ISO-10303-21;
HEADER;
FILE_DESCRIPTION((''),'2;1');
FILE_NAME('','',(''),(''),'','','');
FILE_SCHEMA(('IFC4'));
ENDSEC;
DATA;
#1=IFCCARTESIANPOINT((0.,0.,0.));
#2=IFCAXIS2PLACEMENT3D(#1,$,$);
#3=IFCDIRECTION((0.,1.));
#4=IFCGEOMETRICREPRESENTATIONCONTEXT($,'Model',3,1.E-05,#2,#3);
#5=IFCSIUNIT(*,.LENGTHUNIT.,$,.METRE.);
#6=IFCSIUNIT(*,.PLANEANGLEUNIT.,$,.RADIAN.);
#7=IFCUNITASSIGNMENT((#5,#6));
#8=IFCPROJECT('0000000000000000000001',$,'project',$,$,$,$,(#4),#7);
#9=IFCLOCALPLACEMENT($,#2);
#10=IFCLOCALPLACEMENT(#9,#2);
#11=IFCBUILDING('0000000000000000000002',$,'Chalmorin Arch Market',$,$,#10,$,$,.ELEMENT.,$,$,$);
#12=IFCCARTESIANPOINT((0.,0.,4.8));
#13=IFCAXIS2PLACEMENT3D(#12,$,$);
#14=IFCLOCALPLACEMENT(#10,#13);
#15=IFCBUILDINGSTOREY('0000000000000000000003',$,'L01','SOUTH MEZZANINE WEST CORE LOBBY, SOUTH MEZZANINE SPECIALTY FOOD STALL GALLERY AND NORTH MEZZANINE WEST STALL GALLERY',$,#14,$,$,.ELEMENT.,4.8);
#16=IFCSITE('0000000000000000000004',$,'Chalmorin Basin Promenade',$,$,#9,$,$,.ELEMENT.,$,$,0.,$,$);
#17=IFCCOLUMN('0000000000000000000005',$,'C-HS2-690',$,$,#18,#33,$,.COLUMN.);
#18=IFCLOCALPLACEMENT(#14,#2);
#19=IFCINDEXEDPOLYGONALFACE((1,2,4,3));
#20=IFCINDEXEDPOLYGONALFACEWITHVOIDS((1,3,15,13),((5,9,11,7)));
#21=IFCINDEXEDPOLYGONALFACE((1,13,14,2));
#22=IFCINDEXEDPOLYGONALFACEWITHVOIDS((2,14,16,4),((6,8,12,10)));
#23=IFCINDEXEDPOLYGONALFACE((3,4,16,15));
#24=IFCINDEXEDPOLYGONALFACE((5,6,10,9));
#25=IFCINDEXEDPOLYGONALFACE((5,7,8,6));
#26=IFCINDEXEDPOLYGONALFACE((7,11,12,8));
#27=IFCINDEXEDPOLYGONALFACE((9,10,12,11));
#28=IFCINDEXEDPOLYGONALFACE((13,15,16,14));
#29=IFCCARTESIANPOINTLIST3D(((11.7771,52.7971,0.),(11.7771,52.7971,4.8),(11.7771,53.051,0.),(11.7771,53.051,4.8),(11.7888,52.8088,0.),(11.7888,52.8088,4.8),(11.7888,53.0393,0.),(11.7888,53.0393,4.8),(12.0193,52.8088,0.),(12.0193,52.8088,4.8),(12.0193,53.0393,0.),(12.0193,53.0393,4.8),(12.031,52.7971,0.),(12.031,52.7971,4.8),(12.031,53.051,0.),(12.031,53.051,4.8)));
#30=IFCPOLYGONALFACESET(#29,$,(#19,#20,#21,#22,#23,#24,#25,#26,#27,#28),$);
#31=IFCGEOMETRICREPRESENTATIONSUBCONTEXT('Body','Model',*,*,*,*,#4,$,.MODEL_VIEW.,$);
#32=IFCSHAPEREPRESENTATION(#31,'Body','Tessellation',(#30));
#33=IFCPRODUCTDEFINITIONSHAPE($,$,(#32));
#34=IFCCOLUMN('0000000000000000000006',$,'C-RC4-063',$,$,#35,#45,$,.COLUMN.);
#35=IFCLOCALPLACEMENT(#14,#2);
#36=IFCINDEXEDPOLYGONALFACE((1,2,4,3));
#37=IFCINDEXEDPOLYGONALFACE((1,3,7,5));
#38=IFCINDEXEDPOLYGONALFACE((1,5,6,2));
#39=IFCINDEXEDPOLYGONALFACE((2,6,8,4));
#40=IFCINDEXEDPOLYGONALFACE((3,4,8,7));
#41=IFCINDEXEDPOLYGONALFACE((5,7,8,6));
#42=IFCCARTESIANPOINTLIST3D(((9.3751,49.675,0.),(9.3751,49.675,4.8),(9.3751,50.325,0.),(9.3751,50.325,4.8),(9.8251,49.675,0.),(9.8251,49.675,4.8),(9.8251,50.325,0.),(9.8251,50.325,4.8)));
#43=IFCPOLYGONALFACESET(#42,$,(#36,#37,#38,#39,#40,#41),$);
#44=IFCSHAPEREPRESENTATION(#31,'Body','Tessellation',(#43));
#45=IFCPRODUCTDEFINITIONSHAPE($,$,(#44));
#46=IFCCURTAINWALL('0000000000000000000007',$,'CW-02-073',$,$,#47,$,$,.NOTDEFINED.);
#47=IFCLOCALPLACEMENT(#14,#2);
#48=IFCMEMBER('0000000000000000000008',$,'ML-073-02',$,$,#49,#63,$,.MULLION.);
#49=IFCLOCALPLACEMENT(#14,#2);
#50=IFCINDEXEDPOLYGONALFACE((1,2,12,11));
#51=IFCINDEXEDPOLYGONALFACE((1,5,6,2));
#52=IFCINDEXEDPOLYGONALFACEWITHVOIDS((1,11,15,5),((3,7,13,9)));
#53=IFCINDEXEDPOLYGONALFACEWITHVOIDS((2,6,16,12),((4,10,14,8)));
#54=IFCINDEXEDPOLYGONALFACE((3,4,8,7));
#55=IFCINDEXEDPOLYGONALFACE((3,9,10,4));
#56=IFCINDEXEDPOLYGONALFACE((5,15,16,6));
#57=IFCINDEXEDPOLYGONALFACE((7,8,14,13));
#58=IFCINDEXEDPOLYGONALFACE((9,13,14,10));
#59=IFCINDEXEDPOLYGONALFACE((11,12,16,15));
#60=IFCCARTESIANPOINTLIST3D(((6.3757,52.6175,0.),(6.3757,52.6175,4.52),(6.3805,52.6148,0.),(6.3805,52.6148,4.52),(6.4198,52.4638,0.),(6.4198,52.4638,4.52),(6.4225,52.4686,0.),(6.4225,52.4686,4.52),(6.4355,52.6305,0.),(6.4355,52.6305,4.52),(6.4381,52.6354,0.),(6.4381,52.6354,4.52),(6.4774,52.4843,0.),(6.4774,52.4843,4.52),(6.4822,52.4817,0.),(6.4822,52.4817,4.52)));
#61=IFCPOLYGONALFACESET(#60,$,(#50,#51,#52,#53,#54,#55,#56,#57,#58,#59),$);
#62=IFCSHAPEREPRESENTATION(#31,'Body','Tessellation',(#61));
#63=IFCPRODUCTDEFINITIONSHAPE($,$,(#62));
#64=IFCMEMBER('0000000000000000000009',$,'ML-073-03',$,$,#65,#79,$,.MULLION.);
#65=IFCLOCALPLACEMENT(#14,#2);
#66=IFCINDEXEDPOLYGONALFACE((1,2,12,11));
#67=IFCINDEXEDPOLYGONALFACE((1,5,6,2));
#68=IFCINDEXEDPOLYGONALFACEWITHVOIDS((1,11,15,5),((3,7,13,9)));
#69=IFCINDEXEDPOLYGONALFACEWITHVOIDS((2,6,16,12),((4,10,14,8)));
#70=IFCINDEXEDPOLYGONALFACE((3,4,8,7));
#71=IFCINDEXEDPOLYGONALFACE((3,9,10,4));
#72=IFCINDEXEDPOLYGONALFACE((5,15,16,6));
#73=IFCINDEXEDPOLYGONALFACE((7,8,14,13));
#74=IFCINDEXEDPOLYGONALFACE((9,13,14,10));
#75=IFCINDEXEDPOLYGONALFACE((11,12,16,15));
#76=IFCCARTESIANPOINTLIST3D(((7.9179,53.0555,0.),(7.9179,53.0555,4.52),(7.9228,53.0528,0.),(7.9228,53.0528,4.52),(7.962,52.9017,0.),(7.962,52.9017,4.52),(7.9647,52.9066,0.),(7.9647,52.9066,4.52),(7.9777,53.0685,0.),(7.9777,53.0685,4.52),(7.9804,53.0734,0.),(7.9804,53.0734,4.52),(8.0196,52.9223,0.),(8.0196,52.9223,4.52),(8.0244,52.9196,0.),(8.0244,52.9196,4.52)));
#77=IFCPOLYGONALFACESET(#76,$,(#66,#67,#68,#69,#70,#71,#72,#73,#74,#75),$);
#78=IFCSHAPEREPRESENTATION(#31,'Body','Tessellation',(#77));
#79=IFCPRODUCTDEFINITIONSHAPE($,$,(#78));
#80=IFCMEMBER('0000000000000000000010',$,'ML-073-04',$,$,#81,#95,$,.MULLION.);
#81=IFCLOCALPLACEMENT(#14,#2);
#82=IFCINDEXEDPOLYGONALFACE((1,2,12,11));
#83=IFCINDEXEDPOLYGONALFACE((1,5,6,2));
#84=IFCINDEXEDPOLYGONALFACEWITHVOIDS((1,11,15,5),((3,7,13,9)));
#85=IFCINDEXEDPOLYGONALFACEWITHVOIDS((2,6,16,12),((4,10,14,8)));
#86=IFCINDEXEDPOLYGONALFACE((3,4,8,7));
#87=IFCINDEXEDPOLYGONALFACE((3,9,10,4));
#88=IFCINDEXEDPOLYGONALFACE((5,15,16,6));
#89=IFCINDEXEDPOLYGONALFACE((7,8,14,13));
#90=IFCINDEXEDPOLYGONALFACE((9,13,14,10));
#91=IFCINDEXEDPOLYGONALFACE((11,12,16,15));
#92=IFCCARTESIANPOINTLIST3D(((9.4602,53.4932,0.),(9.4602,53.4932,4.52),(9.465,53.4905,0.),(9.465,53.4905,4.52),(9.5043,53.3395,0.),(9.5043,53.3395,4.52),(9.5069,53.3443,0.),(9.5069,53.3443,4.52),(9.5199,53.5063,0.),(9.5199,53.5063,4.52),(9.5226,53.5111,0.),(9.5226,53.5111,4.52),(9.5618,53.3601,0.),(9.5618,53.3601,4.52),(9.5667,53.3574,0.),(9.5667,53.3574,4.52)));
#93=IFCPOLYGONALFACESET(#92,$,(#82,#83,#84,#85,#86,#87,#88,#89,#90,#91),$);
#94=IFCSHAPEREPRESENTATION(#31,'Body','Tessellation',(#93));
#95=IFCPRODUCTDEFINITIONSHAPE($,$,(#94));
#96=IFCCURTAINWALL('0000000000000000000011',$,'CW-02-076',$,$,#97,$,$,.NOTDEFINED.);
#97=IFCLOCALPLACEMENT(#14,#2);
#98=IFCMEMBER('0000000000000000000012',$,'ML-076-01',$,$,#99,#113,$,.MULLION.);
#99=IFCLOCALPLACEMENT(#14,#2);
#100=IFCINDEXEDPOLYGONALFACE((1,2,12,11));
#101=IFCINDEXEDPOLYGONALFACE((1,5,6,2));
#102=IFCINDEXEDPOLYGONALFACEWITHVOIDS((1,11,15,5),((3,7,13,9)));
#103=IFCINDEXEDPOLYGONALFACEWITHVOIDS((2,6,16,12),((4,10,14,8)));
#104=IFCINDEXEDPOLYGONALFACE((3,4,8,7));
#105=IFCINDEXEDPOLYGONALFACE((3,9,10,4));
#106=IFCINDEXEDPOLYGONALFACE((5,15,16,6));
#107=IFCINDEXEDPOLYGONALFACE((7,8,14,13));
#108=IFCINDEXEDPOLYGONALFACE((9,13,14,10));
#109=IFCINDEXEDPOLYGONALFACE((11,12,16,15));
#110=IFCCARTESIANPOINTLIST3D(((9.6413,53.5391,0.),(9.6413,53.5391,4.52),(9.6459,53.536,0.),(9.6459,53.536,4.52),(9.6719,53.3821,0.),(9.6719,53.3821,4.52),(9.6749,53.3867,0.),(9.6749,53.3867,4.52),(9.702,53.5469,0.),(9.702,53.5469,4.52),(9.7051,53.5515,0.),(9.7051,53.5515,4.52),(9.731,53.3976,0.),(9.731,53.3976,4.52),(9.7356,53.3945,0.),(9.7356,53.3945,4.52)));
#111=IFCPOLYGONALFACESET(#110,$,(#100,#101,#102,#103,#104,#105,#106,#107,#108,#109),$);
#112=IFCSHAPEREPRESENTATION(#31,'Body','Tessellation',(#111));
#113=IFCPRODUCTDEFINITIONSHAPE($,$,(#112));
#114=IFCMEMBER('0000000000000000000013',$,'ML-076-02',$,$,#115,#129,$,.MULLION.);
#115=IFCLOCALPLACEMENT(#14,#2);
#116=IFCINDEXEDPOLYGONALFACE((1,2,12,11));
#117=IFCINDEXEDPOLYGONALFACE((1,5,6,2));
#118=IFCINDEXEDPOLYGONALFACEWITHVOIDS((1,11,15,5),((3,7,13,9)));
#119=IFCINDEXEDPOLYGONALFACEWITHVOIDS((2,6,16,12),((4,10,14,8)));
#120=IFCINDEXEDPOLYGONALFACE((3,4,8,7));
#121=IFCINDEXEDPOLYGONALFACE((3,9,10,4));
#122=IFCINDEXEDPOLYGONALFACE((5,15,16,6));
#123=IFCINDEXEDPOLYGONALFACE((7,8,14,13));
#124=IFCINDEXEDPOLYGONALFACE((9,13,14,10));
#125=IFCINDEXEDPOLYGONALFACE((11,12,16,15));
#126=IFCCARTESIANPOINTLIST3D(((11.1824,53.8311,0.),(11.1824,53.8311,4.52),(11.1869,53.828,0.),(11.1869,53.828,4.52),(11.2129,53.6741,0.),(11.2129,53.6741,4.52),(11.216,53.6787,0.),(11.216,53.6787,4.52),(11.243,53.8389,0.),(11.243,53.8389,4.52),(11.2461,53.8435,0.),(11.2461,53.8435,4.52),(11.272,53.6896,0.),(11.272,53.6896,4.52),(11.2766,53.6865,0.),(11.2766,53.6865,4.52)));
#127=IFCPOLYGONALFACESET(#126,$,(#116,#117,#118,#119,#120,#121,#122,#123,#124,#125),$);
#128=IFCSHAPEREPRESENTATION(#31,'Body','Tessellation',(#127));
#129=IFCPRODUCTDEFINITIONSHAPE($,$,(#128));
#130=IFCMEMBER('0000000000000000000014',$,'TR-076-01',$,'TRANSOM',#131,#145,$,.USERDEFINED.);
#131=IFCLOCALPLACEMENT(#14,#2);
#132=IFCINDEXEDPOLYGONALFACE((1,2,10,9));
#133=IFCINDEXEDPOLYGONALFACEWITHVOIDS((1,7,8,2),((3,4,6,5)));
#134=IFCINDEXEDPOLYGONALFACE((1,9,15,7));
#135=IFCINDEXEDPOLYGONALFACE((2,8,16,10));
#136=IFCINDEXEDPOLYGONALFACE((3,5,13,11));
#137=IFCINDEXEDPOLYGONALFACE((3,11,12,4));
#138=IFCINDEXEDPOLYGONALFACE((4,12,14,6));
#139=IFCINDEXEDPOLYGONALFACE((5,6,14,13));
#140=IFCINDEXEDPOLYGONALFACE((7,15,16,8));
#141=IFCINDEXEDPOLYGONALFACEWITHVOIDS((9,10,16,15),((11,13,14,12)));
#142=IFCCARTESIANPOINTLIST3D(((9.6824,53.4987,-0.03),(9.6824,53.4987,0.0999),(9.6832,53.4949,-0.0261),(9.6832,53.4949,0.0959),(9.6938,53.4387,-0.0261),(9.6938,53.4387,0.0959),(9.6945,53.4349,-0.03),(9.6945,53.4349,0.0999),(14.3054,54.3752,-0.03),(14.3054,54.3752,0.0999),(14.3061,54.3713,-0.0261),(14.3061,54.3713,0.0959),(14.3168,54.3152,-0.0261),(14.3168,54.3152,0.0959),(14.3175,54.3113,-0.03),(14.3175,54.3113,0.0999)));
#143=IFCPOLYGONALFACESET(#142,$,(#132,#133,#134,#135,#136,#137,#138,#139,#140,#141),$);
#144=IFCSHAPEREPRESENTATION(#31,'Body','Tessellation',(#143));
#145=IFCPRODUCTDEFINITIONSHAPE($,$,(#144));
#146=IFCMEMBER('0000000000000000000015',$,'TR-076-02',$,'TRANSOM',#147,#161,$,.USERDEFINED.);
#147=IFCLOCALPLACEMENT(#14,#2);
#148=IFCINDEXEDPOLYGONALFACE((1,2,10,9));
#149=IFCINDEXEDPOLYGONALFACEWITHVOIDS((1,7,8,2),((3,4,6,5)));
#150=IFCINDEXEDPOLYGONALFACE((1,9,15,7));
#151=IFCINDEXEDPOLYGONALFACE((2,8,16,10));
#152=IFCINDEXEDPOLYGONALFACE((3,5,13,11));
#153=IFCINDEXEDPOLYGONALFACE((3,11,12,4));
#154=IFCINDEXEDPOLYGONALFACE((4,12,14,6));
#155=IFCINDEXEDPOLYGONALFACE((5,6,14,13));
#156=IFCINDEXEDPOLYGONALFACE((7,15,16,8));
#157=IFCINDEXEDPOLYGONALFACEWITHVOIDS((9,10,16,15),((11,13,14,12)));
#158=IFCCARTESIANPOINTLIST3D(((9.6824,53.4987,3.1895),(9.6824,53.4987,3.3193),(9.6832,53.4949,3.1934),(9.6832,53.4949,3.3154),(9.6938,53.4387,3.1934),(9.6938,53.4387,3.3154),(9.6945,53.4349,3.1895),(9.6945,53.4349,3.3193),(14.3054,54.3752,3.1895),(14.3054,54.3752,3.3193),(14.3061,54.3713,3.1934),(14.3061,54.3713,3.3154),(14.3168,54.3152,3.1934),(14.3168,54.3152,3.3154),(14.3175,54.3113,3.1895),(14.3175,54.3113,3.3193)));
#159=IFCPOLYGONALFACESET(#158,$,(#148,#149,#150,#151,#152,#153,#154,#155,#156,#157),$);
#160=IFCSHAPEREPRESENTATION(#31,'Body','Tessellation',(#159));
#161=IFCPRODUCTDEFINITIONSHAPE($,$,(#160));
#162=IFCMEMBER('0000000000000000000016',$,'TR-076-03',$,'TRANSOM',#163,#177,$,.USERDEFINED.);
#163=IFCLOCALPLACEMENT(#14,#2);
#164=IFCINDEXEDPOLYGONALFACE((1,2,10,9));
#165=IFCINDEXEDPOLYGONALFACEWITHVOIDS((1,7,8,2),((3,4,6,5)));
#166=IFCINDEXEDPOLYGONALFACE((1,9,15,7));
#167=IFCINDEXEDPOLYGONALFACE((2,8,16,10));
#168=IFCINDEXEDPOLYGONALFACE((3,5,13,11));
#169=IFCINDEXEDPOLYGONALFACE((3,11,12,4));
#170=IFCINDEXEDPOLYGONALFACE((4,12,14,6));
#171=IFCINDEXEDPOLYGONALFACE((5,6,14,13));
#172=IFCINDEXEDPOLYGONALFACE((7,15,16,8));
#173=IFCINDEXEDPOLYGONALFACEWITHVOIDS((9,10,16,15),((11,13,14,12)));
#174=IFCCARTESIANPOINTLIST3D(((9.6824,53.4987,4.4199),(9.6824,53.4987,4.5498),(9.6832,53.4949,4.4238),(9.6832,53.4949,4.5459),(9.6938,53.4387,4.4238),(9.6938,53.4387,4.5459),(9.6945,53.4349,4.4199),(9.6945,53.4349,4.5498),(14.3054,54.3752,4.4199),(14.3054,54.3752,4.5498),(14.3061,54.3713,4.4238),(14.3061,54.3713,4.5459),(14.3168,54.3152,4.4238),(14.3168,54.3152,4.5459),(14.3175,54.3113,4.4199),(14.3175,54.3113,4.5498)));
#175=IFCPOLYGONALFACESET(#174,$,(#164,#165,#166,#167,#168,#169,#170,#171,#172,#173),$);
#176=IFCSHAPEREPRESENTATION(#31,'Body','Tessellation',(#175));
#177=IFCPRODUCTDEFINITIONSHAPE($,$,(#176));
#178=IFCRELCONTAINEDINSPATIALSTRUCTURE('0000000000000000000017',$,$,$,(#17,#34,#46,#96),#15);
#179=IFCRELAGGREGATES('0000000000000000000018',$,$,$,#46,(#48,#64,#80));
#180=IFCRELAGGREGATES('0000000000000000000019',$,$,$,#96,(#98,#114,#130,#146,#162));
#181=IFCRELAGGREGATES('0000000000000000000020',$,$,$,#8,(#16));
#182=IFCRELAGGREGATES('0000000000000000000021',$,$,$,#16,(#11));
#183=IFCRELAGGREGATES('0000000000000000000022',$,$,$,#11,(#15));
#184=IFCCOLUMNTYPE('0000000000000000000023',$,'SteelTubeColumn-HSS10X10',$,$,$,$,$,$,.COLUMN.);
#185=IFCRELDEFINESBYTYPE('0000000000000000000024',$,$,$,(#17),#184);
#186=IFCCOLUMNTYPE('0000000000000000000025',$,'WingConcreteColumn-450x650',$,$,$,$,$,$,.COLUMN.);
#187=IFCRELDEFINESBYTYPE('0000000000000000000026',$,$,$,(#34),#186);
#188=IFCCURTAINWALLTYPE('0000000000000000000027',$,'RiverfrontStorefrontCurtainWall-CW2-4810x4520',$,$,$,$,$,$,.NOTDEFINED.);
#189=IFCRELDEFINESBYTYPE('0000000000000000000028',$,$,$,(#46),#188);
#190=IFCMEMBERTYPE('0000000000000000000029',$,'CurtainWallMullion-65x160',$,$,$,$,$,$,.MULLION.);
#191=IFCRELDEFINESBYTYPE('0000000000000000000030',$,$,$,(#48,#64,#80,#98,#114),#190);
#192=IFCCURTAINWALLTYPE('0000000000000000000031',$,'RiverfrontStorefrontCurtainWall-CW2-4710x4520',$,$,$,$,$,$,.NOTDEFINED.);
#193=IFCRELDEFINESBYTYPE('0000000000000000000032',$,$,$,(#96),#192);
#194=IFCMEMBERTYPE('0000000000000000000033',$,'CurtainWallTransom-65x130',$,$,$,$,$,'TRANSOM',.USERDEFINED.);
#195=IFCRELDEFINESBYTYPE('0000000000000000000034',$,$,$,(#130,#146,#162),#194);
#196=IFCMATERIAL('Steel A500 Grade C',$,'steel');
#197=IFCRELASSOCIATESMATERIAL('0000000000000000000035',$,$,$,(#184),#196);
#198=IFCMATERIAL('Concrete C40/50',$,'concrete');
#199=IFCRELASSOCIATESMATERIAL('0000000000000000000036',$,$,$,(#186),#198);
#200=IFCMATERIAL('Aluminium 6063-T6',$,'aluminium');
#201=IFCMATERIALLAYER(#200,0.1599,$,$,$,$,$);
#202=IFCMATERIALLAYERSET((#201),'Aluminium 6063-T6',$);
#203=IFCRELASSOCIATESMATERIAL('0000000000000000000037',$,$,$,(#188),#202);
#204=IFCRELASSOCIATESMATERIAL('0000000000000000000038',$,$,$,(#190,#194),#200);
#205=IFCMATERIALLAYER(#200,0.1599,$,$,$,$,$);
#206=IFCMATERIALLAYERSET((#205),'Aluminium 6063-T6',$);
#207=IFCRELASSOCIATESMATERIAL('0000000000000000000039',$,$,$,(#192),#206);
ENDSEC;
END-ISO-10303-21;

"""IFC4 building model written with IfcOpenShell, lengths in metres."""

from ifc_helpers import new_model, si_unit, direction, frame, origin, origin_2d, place, context, subcontext, project, spatial, rectangle, hollow_rectangle, extrude, material, layer, layer_set, material_profile, profile_set, type_object, element, aggregate, save


model = new_model("IFC4")

# Units and contexts
model_context = context("Model", 3, precision=1e-05, world=origin(), true_north=direction((0.0, 1.0)))
body_context = subcontext(model_context, "Body", "Model", "MODEL_VIEW")
ifc_project = project(units=[si_unit("LENGTHUNIT", "METRE"), si_unit("PLANEANGLEUNIT", "RADIAN")], contexts=[model_context])

# Site, building, storey
site_placement = place(None, origin())
site = spatial("IfcSite", under=ifc_project, at=site_placement, Name="Chalmorin Basin Promenade", CompositionType="ELEMENT", RefElevation=0.0)
building_placement = place(site_placement, origin())
building = spatial("IfcBuilding", under=site, at=building_placement, Name="Chalmorin Arch Market", CompositionType="ELEMENT")
storey_placement = place(building_placement, frame((0.0, 0.0, 4.8)))
storey = spatial("IfcBuildingStorey", under=building, at=storey_placement, Name="L01", Description="SOUTH MEZZANINE WEST CORE LOBBY, SOUTH MEZZANINE SPECIALTY FOOD STALL GALLERY AND NORTH MEZZANINE WEST STALL GALLERY", CompositionType="ELEMENT", Elevation=4.8)

# Columns
ifc_material_1 = material(Name="Steel A500 Grade C", Category="steel")
ifc_material_profile_1 = material_profile(ifc_material_1, hollow_rectangle(XDim=0.2539, YDim=0.2539, WallThickness=0.0117, at=origin_2d()), Name="HSS10X10X1/2")
ifc_profile_set_1 = profile_set([ifc_material_profile_1], Name="Steel A500 Grade C")
column_type_1 = type_object("IfcColumnType", Name="SteelTubeColumn-HSS10X10", PredefinedType="COLUMN", material=ifc_profile_set_1)
column_1_placement = place(storey_placement, frame((11.9041, 52.9241, 0.0), z_axis=(0.0, 0.0, 1.0), x_axis=(1.0, 0.0, 0.0)))
element("IfcColumn", 1, at=column_1_placement, inside=storey, type_object=column_type_1, Name="C-HS2-690", PredefinedType="COLUMN", context=body_context, shape_type="SweptSolid", body=[
    extrude(hollow_rectangle(XDim=0.2539, YDim=0.2539, WallThickness=0.0117, at=origin_2d()), origin(), (0.0, 0.0, 1.0), 4.8),
])
ifc_material_2 = material(Name="Concrete C40/50", Category="concrete")
ifc_material_profile_2 = material_profile(ifc_material_2, rectangle(XDim=0.45, YDim=0.6499, at=origin_2d()), Name="RC450X650")
ifc_profile_set_2 = profile_set([ifc_material_profile_2], Name="Concrete C40/50")
column_type_2 = type_object("IfcColumnType", Name="WingConcreteColumn-450x650", PredefinedType="COLUMN", material=ifc_profile_set_2)
column_2_placement = place(storey_placement, frame((9.6001, 50.0, 0.0), z_axis=(0.0, 0.0, 1.0), x_axis=(1.0, 0.0, 0.0)))
element("IfcColumn", 2, at=column_2_placement, inside=storey, type_object=column_type_2, Name="C-RC4-063", PredefinedType="COLUMN", context=body_context, shape_type="SweptSolid", body=[
    extrude(rectangle(XDim=0.45, YDim=0.6499, at=origin_2d()), origin(), (0.0, 0.0, 1.0), 4.8),
])

# Curtain walls, members
ifc_material_3 = material(Name="Aluminium 6063-T6", Category="aluminium")
ifc_layer_1 = layer(ifc_material_3, 0.1599)
ifc_layer_set_1 = layer_set([ifc_layer_1], Name="Aluminium 6063-T6")
curtain_wall_type_1 = type_object("IfcCurtainWallType", Name="RiverfrontStorefrontCurtainWall-CW2-4810x4520", PredefinedType="NOTDEFINED", material=ifc_layer_set_1)
curtain_wall_1_placement = place(storey_placement, origin())
curtain_wall_1 = element("IfcCurtainWall", 3, at=curtain_wall_1_placement, inside=storey, type_object=curtain_wall_type_1, Name="CW-02-073", PredefinedType="NOTDEFINED")
ifc_material_profile_3 = material_profile(ifc_material_3, hollow_rectangle(XDim=0.0649, YDim=0.1599, WallThickness=0.0039, at=origin_2d()), Name="ALU65X160X4")
ifc_profile_set_3 = profile_set([ifc_material_profile_3], Name="Aluminium 6063-T6")
member_type_1 = type_object("IfcMemberType", Name="CurtainWallMullion-65x160", PredefinedType="MULLION", material=ifc_profile_set_3)
member_1_placement = place(storey_placement, frame((6.429, 52.5496, 0.0), z_axis=(0.0, 0.0, 1.0), x_axis=(0.961262, 0.275637, 0.0)))
member_1 = element("IfcMember", 4, at=member_1_placement, type_object=member_type_1, Name="ML-073-02", PredefinedType="MULLION", context=body_context, shape_type="SweptSolid", body=[
    extrude(hollow_rectangle(XDim=0.0649, YDim=0.1599, WallThickness=0.0039, at=origin_2d()), origin(), (0.0, 0.0, 1.0), 4.52),
])
member_2_placement = place(storey_placement, frame((7.9712, 52.9875, 0.0), z_axis=(0.0, 0.0, 1.0), x_axis=(0.961262, 0.275637, 0.0)))
member_2 = element("IfcMember", 5, at=member_2_placement, type_object=member_type_1, Name="ML-073-03", PredefinedType="MULLION", context=body_context, shape_type="SweptSolid", body=[
    extrude(hollow_rectangle(XDim=0.0649, YDim=0.1599, WallThickness=0.0039, at=origin_2d()), origin(), (0.0, 0.0, 1.0), 4.52),
])
member_3_placement = place(storey_placement, frame((9.5134, 53.4253, 0.0), z_axis=(0.0, 0.0, 1.0), x_axis=(0.961262, 0.275637, 0.0)))
member_3 = element("IfcMember", 6, at=member_3_placement, type_object=member_type_1, Name="ML-073-04", PredefinedType="MULLION", context=body_context, shape_type="SweptSolid", body=[
    extrude(hollow_rectangle(XDim=0.0649, YDim=0.1599, WallThickness=0.0039, at=origin_2d()), origin(), (0.0, 0.0, 1.0), 4.52),
])
ifc_layer_2 = layer(ifc_material_3, 0.1599)
ifc_layer_set_2 = layer_set([ifc_layer_2], Name="Aluminium 6063-T6")
curtain_wall_type_2 = type_object("IfcCurtainWallType", Name="RiverfrontStorefrontCurtainWall-CW2-4710x4520", PredefinedType="NOTDEFINED", material=ifc_layer_set_2)
curtain_wall_2_placement = place(storey_placement, origin())
curtain_wall_2 = element("IfcCurtainWall", 7, at=curtain_wall_2_placement, inside=storey, type_object=curtain_wall_type_2, Name="CW-02-076", PredefinedType="NOTDEFINED")
member_4_placement = place(storey_placement, frame((9.6885, 53.4668, 0.0), z_axis=(0.0, 0.0, 1.0), x_axis=(0.981627, 0.190809, 0.0)))
member_4 = element("IfcMember", 8, at=member_4_placement, type_object=member_type_1, Name="ML-076-01", PredefinedType="MULLION", context=body_context, shape_type="SweptSolid", body=[
    extrude(hollow_rectangle(XDim=0.0649, YDim=0.1599, WallThickness=0.0039, at=origin_2d()), origin(), (0.0, 0.0, 1.0), 4.52),
])
member_5_placement = place(storey_placement, frame((11.2295, 53.7588, 0.0), z_axis=(0.0, 0.0, 1.0), x_axis=(0.981627, 0.190809, 0.0)))
member_5 = element("IfcMember", 9, at=member_5_placement, type_object=member_type_1, Name="ML-076-02", PredefinedType="MULLION", context=body_context, shape_type="SweptSolid", body=[
    extrude(hollow_rectangle(XDim=0.0649, YDim=0.1599, WallThickness=0.0039, at=origin_2d()), origin(), (0.0, 0.0, 1.0), 4.52),
])
ifc_material_profile_4 = material_profile(ifc_material_3, hollow_rectangle(XDim=0.0649, YDim=0.1299, WallThickness=0.0039, at=origin_2d()), Name="ALU65X130X4")
ifc_profile_set_4 = profile_set([ifc_material_profile_4], Name="Aluminium 6063-T6")
member_type_2 = type_object("IfcMemberType", Name="CurtainWallTransom-65x130", ElementType="TRANSOM", PredefinedType="USERDEFINED", material=ifc_profile_set_4)
member_6_placement = place(storey_placement, frame((9.6885, 53.4668, 0.0349), z_axis=(0.982499, 0.186268, 0.0), x_axis=(-0.186268, 0.982499, 0.0)))
member_6 = element("IfcMember", 10, at=member_6_placement, type_object=member_type_2, Name="TR-076-01", ObjectType="TRANSOM", PredefinedType="USERDEFINED", context=body_context, shape_type="SweptSolid", body=[
    extrude(hollow_rectangle(XDim=0.0649, YDim=0.1299, WallThickness=0.0039, at=origin_2d()), origin(), (0.0, 0.0, 1.0), 4.7053),
])
member_7_placement = place(storey_placement, frame((9.6885, 53.4668, 3.2544), z_axis=(0.982499, 0.186268, 0.0), x_axis=(-0.186268, 0.982499, 0.0)))
member_7 = element("IfcMember", 11, at=member_7_placement, type_object=member_type_2, Name="TR-076-02", ObjectType="TRANSOM", PredefinedType="USERDEFINED", context=body_context, shape_type="SweptSolid", body=[
    extrude(hollow_rectangle(XDim=0.0649, YDim=0.1299, WallThickness=0.0039, at=origin_2d()), origin(), (0.0, 0.0, 1.0), 4.7053),
])
member_8_placement = place(storey_placement, frame((9.6885, 53.4668, 4.4849), z_axis=(0.982499, 0.186268, 0.0), x_axis=(-0.186268, 0.982499, 0.0)))
member_8 = element("IfcMember", 12, at=member_8_placement, type_object=member_type_2, Name="TR-076-03", ObjectType="TRANSOM", PredefinedType="USERDEFINED", context=body_context, shape_type="SweptSolid", body=[
    extrude(hollow_rectangle(XDim=0.0649, YDim=0.1299, WallThickness=0.0039, at=origin_2d()), origin(), (0.0, 0.0, 1.0), 4.7053),
])

aggregate(curtain_wall_1, [member_1, member_2, member_3])
aggregate(curtain_wall_2, [member_4, member_5, member_6, member_7, member_8])

save(model, "model.ifc")
